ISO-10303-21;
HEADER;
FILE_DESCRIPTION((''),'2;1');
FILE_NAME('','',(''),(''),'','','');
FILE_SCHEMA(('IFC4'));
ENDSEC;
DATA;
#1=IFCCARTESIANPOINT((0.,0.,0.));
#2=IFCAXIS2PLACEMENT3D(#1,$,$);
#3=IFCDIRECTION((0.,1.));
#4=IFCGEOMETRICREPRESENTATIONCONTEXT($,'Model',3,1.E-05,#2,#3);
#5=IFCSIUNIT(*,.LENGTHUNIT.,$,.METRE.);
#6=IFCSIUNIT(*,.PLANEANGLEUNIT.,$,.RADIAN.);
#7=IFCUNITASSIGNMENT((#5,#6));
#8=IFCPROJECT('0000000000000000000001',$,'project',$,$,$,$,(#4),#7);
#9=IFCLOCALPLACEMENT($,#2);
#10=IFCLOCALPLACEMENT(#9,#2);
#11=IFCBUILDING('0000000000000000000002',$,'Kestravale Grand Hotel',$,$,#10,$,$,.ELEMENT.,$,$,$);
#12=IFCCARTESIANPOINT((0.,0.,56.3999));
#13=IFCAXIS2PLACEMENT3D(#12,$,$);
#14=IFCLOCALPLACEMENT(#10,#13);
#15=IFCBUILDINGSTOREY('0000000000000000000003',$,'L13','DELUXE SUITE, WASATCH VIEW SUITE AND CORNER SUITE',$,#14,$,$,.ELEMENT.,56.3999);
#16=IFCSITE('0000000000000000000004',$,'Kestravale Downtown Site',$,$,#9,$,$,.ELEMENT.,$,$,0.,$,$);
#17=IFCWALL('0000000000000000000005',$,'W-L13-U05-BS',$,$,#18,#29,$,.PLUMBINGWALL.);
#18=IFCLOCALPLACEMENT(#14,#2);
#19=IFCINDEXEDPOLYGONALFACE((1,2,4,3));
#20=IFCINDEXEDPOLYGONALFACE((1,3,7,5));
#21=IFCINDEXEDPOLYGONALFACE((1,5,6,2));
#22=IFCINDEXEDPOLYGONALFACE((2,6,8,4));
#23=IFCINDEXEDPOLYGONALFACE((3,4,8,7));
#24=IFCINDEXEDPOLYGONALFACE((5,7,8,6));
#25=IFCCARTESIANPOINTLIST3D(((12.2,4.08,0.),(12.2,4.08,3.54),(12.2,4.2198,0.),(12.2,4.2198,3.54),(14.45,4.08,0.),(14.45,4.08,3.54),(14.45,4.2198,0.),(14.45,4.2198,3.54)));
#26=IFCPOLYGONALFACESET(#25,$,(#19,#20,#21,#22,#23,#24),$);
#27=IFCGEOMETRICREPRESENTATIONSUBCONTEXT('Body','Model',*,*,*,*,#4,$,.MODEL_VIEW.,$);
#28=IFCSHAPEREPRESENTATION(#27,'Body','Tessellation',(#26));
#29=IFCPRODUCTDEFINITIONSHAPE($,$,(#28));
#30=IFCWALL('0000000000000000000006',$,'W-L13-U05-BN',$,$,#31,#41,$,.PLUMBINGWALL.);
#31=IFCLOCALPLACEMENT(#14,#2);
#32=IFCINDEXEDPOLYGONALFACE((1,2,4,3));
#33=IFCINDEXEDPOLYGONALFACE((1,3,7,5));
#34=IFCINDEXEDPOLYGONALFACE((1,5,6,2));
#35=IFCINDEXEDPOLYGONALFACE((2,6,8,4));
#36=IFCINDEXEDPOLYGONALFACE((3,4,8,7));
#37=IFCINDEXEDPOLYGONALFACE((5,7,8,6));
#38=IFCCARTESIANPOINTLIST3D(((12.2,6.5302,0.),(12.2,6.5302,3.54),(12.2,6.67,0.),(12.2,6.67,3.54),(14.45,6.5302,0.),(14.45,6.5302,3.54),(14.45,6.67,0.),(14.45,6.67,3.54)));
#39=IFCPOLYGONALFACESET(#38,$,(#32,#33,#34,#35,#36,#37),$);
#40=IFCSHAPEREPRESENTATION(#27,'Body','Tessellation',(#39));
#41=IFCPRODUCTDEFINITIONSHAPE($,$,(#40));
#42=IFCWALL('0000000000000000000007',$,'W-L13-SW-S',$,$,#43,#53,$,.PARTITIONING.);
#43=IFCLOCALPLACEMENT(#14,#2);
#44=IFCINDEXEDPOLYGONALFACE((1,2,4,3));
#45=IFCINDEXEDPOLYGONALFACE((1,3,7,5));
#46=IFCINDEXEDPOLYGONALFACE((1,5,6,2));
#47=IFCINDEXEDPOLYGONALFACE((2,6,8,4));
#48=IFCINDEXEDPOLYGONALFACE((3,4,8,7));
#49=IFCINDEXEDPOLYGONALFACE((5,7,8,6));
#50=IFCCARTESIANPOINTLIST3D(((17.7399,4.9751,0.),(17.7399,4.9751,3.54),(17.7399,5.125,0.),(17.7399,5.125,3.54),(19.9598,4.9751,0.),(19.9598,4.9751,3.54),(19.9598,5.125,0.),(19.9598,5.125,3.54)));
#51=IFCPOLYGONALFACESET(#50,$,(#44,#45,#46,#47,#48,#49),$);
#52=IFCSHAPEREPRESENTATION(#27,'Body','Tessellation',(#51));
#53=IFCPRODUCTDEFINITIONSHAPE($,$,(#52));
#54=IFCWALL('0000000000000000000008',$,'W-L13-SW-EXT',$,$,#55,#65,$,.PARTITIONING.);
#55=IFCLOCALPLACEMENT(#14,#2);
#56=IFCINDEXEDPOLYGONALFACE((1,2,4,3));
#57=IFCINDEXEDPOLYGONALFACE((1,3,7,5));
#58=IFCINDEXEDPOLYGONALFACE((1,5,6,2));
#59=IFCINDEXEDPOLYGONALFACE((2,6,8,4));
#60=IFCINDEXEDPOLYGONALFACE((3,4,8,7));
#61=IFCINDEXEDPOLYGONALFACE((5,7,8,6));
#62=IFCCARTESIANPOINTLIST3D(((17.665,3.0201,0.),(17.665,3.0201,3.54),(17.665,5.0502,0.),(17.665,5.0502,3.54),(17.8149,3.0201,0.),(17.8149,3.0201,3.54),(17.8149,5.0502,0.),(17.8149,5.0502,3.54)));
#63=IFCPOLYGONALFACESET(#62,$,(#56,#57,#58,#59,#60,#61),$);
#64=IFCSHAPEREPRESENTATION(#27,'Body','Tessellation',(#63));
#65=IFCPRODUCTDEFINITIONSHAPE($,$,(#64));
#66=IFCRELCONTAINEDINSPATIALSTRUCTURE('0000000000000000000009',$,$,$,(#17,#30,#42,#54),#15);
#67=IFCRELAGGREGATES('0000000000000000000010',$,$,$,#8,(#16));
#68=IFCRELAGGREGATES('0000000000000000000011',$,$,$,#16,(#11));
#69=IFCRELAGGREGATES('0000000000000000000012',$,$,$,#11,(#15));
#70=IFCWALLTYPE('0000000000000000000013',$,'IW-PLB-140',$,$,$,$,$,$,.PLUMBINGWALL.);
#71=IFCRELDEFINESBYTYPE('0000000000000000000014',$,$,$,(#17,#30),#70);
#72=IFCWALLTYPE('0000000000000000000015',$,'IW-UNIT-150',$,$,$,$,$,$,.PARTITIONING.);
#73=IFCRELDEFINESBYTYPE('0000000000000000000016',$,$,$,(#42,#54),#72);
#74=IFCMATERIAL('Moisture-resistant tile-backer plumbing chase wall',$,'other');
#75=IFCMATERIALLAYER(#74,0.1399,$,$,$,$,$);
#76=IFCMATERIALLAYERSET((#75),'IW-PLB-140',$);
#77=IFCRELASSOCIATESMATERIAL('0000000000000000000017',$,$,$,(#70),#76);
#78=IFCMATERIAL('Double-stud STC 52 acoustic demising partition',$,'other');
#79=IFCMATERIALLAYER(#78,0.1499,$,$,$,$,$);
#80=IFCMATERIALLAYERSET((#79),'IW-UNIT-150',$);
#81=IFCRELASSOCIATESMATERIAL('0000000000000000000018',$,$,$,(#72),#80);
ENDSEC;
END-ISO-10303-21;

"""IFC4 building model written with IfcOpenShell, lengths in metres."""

from ifc_helpers import new_model, si_unit, direction, frame, frame_2d, origin, place, context, subcontext, project, spatial, rectangle, extrude, material, layer, layer_set, type_object, element, save


model = new_model("IFC4")

# Units and contexts
model_context = context("Model", 3, precision=1e-05, world=origin(), true_north=direction((0.0, 1.0)))
body_context = subcontext(model_context, "Body", "Model", "MODEL_VIEW")
ifc_project = project(units=[si_unit("LENGTHUNIT", "METRE"), si_unit("PLANEANGLEUNIT", "RADIAN")], contexts=[model_context])

# Site, building, storey
site_placement = place(None, origin())
site = spatial("IfcSite", under=ifc_project, at=site_placement, Name="Kestravale Downtown Site", CompositionType="ELEMENT", RefElevation=0.0)
building_placement = place(site_placement, origin())
building = spatial("IfcBuilding", under=site, at=building_placement, Name="Kestravale Grand Hotel", CompositionType="ELEMENT")
storey_placement = place(building_placement, frame((0.0, 0.0, 56.3999)))
storey = spatial("IfcBuildingStorey", under=building, at=storey_placement, Name="L13", Description="DELUXE SUITE, WASATCH VIEW SUITE AND CORNER SUITE", CompositionType="ELEMENT", Elevation=56.3999)

# Shared definitions
ifc_material_1 = material(Name="Moisture-resistant tile-backer plumbing chase wall", Category="other")
ifc_layer_1 = layer(ifc_material_1, 0.1399)
ifc_layer_set_1 = layer_set([ifc_layer_1], Name="IW-PLB-140")
wall_type_1 = type_object("IfcWallType", Name="IW-PLB-140", PredefinedType="PLUMBINGWALL", material=ifc_layer_set_1)

# Walls
for number, where, z_axis, x_axis, name in (
    (1, (12.2, 4.1499, 0.0), (0.0, 0.0, 1.0), (1.0, 0.0, 0.0), "W-L13-U05-BS"),
    (2, (12.2, 6.6001, 0.0), (0.0, 0.0, 1.0), (1.0, 0.0, 0.0), "W-L13-U05-BN"),
):
    element("IfcWall", number, at=place(storey_placement, frame(where, z_axis=z_axis, x_axis=x_axis)), inside=storey, type_object=wall_type_1, Name=name, PredefinedType="PLUMBINGWALL", context=body_context, shape_type="SweptSolid", body=[
        extrude(rectangle(XDim=2.25, YDim=0.1399, at=frame_2d((1.125, 0.0))), origin(), (0.0, 0.0, 1.0), 3.54),
    ])
ifc_material_2 = material(Name="Double-stud STC 52 acoustic demising partition", Category="other")
ifc_layer_2 = layer(ifc_material_2, 0.1499)
ifc_layer_set_2 = layer_set([ifc_layer_2], Name="IW-UNIT-150")
wall_type_2 = type_object("IfcWallType", Name="IW-UNIT-150", PredefinedType="PARTITIONING", material=ifc_layer_set_2)
wall_1_placement = place(storey_placement, frame((17.74, 5.05, 0.0), z_axis=(0.0, 0.0, 1.0), x_axis=(1.0, 0.0, 0.0)))
element("IfcWall", 3, at=wall_1_placement, inside=storey, type_object=wall_type_2, Name="W-L13-SW-S", PredefinedType="PARTITIONING", context=body_context, shape_type="SweptSolid", body=[
    extrude(rectangle(XDim=2.22, YDim=0.1499, at=frame_2d((1.1099, 0.0))), origin(), (0.0, 0.0, 1.0), 3.54),
])
wall_2_placement = place(storey_placement, frame((17.74, 3.02, 0.0), z_axis=(0.0, 0.0, 1.0), x_axis=(0.0, 1.0, 0.0)))
element("IfcWall", 4, at=wall_2_placement, inside=storey, type_object=wall_type_2, Name="W-L13-SW-EXT", PredefinedType="PARTITIONING", context=body_context, shape_type="SweptSolid", body=[
    extrude(rectangle(XDim=2.03, YDim=0.1499, at=frame_2d((1.0151, 0.0))), origin(), (0.0, 0.0, 1.0), 3.54),
])

save(model, "model.ifc")
